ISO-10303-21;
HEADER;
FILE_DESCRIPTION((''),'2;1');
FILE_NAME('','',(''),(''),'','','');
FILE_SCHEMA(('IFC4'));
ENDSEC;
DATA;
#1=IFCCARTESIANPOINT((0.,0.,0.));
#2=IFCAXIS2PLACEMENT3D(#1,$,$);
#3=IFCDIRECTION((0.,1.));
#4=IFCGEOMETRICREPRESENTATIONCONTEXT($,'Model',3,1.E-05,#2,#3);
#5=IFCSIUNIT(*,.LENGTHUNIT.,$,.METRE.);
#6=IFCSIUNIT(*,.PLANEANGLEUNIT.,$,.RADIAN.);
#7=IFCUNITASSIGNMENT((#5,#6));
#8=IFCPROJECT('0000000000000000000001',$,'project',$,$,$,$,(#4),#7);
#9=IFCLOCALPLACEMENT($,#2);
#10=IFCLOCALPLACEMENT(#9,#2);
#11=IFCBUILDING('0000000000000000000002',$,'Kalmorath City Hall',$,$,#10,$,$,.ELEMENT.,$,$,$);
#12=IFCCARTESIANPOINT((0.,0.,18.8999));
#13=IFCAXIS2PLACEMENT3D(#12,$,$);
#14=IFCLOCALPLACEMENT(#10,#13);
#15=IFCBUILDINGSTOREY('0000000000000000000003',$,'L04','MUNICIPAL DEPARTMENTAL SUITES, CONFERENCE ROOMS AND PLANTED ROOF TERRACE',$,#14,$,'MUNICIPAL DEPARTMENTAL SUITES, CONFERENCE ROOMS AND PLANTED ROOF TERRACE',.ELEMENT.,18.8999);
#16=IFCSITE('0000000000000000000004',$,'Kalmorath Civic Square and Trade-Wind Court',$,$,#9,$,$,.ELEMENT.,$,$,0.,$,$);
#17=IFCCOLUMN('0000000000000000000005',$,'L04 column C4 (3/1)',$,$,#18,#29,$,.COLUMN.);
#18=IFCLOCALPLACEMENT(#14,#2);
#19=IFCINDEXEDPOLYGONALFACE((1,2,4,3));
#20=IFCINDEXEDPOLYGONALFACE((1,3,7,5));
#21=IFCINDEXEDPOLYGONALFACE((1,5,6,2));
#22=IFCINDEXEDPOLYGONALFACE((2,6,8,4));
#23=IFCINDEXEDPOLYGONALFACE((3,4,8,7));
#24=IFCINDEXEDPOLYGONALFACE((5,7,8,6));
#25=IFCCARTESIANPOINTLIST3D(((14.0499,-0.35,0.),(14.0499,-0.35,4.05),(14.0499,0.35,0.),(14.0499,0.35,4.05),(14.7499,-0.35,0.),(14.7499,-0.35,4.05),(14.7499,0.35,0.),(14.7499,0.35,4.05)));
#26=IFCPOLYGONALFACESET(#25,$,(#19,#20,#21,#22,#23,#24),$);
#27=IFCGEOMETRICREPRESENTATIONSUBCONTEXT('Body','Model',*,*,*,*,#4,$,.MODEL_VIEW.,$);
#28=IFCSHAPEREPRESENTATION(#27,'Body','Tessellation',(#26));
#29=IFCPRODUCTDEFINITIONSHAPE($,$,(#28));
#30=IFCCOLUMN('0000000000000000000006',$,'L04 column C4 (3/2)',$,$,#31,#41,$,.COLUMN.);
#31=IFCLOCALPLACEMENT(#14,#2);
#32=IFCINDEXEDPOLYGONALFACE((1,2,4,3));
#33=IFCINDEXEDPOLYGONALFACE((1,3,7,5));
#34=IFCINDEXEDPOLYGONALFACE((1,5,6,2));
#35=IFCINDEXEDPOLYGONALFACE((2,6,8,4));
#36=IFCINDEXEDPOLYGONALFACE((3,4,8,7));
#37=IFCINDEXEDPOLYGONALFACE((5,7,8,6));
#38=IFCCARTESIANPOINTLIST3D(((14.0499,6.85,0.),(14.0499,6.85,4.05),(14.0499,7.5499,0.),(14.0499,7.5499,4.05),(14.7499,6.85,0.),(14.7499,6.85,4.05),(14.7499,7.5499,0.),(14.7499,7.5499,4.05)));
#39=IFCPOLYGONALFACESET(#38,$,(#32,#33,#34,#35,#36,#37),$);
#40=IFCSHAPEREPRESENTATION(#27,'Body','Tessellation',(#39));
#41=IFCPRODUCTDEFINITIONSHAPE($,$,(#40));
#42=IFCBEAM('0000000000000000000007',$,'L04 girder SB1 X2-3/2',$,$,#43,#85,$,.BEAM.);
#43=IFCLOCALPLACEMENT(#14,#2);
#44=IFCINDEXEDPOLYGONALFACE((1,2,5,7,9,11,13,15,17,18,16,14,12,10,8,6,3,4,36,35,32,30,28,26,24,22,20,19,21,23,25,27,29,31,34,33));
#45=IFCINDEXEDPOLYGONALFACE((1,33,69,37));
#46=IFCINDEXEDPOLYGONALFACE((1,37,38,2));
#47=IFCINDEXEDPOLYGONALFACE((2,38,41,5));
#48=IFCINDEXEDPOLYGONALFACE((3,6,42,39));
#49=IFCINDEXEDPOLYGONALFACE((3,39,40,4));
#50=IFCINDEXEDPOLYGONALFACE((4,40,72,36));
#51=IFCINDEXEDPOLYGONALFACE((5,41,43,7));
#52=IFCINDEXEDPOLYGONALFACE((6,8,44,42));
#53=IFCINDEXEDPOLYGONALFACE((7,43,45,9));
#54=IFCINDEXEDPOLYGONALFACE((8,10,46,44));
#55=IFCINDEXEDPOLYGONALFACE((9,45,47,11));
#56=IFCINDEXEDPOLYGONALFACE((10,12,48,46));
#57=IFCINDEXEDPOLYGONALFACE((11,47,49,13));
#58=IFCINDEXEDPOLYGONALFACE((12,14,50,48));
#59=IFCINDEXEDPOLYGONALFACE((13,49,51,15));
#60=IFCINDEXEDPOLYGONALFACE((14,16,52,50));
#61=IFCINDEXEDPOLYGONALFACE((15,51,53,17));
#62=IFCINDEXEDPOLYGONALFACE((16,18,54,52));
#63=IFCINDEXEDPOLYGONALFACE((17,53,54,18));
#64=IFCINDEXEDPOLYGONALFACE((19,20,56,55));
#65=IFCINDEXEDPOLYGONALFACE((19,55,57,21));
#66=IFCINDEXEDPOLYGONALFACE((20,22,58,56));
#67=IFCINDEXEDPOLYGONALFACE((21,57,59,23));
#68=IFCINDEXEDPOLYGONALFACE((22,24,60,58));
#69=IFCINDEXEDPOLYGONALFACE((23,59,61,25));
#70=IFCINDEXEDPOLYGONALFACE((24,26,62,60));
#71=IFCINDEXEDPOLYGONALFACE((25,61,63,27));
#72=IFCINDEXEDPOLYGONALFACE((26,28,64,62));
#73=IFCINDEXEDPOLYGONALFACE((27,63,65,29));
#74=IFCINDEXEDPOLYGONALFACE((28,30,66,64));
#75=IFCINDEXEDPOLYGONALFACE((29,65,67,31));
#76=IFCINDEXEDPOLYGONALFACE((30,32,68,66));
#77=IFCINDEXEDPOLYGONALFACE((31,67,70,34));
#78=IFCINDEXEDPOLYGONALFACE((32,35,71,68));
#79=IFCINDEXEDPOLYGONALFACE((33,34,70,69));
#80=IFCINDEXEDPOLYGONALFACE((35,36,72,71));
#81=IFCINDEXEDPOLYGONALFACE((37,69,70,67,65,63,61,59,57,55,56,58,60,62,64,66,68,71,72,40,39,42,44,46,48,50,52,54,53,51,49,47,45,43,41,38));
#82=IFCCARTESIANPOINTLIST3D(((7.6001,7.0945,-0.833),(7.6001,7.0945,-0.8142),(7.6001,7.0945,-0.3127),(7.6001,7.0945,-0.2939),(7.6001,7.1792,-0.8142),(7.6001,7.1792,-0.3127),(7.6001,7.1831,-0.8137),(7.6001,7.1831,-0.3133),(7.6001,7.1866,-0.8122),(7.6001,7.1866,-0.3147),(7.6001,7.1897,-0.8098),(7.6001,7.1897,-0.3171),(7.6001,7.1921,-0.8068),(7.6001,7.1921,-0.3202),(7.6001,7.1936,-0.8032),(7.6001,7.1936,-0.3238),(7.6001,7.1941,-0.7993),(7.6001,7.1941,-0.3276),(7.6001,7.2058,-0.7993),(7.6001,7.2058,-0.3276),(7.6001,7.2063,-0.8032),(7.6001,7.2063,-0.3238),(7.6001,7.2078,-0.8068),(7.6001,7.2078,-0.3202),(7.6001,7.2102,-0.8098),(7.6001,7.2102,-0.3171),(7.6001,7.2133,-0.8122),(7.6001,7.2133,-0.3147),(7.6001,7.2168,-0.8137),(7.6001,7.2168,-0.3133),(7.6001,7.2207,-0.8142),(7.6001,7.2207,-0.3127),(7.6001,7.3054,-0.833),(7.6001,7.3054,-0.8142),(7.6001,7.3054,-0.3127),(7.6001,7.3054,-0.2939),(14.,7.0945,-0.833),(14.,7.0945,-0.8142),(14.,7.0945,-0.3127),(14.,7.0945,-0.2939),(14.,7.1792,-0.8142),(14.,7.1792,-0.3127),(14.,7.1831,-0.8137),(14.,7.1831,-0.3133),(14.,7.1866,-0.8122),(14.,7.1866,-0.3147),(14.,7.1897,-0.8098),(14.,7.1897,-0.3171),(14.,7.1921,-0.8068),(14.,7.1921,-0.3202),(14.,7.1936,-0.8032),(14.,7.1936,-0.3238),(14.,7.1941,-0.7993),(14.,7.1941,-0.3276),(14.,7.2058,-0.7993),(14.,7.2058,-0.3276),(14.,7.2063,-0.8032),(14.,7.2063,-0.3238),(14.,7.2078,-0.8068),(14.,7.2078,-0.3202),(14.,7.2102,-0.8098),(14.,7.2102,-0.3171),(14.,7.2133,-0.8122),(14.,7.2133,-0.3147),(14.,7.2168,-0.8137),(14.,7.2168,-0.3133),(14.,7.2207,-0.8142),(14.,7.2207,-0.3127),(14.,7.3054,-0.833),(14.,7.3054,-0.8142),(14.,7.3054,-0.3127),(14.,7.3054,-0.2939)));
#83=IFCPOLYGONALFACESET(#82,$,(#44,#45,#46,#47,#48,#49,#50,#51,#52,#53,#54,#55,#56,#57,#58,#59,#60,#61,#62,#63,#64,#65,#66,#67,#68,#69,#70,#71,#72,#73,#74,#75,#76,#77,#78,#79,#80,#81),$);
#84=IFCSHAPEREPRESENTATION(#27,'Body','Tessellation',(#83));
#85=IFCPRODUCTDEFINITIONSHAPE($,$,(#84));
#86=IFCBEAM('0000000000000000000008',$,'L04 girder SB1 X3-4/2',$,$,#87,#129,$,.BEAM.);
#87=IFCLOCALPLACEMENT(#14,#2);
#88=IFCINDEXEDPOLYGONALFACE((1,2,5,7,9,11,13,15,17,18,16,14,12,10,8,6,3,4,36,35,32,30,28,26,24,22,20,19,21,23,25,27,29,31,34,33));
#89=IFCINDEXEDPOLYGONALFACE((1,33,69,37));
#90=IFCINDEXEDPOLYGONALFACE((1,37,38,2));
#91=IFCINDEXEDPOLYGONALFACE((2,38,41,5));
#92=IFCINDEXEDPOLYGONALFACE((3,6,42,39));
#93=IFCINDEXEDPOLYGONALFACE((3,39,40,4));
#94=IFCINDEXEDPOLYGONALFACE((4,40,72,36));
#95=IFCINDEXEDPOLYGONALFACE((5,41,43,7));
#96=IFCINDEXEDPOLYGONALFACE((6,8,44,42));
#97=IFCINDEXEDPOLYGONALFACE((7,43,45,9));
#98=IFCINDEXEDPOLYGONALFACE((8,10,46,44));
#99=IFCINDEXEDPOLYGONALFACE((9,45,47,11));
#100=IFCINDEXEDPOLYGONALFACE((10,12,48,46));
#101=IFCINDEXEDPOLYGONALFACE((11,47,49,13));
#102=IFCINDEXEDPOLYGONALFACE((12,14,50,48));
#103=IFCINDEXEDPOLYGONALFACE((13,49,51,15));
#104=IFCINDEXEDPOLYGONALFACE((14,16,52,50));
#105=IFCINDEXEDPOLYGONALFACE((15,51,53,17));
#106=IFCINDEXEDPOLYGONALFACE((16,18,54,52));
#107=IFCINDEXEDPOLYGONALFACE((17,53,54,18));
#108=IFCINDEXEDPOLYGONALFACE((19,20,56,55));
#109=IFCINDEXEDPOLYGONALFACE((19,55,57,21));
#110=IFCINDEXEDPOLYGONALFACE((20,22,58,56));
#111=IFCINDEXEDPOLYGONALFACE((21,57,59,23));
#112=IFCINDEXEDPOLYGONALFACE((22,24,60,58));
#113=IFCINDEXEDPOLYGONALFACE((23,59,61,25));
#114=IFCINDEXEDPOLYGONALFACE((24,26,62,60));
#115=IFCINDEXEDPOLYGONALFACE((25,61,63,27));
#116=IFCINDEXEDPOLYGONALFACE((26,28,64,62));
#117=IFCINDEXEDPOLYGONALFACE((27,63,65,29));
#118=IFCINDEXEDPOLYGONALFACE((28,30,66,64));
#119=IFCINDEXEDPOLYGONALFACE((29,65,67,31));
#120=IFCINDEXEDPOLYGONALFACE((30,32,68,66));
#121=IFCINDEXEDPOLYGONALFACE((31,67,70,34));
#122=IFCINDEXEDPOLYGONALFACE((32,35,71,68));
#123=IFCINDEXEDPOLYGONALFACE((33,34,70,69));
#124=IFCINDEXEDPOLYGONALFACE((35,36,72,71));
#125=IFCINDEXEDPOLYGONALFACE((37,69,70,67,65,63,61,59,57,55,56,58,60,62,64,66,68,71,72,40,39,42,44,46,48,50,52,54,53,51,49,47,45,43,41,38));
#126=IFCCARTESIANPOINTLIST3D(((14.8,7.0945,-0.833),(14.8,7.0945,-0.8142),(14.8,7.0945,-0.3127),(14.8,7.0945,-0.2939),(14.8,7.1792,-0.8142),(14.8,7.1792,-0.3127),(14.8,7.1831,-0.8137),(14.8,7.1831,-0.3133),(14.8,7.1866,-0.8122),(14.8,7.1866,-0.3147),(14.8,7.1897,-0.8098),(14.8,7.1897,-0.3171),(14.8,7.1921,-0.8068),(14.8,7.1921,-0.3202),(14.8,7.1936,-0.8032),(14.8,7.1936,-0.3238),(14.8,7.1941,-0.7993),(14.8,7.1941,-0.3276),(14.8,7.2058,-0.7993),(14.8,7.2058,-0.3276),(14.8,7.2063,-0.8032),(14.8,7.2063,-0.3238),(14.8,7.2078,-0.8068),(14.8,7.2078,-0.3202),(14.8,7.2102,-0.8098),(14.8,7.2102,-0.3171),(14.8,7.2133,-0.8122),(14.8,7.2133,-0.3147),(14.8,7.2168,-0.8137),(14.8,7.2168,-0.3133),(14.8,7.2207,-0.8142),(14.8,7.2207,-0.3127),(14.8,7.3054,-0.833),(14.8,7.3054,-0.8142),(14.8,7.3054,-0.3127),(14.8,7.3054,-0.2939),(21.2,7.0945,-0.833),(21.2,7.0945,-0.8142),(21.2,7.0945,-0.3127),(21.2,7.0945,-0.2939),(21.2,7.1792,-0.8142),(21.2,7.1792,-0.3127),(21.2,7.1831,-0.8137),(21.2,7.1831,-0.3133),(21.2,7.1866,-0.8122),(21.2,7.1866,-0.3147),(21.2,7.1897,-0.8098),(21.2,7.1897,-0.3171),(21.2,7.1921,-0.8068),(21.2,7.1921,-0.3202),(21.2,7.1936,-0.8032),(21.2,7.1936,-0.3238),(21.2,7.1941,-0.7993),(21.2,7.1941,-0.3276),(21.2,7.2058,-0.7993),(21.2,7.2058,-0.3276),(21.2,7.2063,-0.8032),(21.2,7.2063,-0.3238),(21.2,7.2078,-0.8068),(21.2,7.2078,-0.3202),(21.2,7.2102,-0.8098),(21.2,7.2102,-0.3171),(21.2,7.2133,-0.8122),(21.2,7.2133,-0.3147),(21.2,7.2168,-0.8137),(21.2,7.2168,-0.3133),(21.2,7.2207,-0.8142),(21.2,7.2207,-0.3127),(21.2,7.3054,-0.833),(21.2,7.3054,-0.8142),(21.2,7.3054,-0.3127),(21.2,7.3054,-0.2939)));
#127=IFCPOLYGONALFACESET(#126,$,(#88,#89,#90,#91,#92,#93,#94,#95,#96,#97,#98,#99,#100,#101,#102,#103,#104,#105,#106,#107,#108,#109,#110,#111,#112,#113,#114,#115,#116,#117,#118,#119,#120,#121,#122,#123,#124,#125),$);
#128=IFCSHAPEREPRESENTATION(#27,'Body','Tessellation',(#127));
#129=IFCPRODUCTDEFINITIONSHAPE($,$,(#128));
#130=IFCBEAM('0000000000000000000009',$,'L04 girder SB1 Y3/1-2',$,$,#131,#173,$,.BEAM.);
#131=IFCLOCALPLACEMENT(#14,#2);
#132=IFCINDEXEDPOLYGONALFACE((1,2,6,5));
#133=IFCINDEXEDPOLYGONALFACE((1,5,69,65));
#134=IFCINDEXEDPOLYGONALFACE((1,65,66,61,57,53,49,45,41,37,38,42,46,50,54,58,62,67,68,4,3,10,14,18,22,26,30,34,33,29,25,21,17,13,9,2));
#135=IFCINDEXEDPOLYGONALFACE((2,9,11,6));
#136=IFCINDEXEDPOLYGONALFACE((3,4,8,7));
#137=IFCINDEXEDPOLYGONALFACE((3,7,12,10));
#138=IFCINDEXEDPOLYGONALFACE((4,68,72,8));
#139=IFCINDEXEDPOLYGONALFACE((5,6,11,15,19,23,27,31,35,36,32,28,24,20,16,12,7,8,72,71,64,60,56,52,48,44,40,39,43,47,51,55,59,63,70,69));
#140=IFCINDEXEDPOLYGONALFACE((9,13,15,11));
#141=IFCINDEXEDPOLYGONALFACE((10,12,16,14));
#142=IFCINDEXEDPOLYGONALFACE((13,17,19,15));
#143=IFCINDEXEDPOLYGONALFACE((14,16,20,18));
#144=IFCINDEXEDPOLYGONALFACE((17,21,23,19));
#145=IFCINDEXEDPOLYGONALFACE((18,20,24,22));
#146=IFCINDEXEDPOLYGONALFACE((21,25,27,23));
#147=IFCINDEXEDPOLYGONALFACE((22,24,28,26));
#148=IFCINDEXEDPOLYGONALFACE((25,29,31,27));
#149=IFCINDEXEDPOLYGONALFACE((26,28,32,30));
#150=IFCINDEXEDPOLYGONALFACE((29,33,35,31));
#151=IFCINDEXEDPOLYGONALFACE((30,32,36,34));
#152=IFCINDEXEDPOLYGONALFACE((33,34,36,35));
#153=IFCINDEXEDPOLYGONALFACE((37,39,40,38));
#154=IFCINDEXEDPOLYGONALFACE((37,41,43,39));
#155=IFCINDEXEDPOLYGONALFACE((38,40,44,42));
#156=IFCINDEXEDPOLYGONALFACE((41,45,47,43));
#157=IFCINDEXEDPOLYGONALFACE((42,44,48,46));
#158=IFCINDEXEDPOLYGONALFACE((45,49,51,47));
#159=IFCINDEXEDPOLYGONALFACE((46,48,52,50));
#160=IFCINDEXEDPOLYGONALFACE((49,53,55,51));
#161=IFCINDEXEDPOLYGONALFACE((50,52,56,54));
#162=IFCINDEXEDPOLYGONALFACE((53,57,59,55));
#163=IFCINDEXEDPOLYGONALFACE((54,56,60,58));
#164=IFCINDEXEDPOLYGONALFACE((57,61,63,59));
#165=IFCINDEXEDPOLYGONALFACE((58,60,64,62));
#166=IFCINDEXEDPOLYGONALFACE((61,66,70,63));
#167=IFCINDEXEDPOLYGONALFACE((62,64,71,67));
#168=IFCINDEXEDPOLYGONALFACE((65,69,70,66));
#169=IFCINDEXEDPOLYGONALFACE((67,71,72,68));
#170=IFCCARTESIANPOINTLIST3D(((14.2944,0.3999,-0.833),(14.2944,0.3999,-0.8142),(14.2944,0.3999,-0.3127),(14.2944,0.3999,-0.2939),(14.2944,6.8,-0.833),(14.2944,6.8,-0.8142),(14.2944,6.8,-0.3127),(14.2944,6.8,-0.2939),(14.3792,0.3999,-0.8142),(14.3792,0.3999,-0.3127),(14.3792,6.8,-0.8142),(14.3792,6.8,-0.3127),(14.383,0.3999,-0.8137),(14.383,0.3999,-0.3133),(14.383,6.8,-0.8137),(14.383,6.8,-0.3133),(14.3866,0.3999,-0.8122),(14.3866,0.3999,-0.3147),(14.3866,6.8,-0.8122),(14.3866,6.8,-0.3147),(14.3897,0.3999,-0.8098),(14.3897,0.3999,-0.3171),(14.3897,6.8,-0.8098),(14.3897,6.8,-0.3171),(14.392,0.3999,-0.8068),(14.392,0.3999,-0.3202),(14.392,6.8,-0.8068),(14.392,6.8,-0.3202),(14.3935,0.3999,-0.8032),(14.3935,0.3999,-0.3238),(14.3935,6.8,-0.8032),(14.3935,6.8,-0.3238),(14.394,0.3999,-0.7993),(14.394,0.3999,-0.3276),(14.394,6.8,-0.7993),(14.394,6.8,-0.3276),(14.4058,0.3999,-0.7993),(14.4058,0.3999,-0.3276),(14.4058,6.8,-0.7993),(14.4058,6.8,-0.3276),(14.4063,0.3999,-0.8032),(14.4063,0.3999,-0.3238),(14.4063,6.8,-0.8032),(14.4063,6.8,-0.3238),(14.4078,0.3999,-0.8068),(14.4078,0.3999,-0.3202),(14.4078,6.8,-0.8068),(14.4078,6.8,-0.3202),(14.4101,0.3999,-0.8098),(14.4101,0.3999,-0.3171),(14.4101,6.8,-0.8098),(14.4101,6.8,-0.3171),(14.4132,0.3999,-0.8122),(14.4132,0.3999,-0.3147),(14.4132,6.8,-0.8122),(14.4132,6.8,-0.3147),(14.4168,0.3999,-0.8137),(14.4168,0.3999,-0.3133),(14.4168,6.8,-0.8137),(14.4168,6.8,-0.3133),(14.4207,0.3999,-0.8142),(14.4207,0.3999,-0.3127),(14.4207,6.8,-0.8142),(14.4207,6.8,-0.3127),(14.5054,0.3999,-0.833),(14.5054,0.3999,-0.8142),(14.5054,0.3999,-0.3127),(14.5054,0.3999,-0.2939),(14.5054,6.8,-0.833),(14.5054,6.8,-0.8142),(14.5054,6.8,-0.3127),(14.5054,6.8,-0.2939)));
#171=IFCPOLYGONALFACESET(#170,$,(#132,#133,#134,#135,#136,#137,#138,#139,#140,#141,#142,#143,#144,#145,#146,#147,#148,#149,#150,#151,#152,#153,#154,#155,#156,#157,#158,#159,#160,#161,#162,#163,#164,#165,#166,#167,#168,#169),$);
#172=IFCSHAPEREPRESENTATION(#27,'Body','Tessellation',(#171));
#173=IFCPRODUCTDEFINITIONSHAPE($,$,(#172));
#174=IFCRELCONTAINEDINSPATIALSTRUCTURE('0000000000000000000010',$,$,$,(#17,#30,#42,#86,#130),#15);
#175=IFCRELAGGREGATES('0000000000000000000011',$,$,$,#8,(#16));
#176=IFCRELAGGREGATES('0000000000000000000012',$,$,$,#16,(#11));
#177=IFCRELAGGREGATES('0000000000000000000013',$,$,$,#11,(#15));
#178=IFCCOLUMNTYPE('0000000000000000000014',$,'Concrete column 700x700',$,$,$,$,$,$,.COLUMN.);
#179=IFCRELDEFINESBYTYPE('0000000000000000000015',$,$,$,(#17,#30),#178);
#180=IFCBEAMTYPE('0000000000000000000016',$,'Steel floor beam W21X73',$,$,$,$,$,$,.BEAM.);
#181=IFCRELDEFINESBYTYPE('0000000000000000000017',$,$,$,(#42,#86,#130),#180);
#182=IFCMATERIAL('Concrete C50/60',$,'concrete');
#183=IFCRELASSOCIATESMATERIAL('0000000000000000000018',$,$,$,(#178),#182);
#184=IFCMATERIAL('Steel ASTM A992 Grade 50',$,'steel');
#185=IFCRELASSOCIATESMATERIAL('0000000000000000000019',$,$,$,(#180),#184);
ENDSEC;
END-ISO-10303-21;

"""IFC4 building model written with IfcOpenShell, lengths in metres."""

from ifc_helpers import new_model, si_unit, direction, frame, origin, origin_2d, place, context, subcontext, project, spatial, rectangle, i_section, extrude, material, material_profile, profile_set, type_object, element, save


model = new_model("IFC4")

# Units and contexts
model_context = context("Model", 3, precision=1e-05, world=origin(), true_north=direction((0.0, 1.0)))
body_context = subcontext(model_context, "Body", "Model", "MODEL_VIEW")
ifc_project = project(units=[si_unit("LENGTHUNIT", "METRE"), si_unit("PLANEANGLEUNIT", "RADIAN")], contexts=[model_context])

# Site, building, storey
site_placement = place(None, origin())
site = spatial("IfcSite", under=ifc_project, at=site_placement, Name="Kalmorath Civic Square and Trade-Wind Court", CompositionType="ELEMENT", RefElevation=0.0)
building_placement = place(site_placement, origin())
building = spatial("IfcBuilding", under=site, at=building_placement, Name="Kalmorath City Hall", CompositionType="ELEMENT")
storey_placement = place(building_placement, frame((0.0, 0.0, 18.8999)))
storey = spatial("IfcBuildingStorey", under=building, at=storey_placement, Name="L04", Description="MUNICIPAL DEPARTMENTAL SUITES, CONFERENCE ROOMS AND PLANTED ROOF TERRACE", LongName="MUNICIPAL DEPARTMENTAL SUITES, CONFERENCE ROOMS AND PLANTED ROOF TERRACE", CompositionType="ELEMENT", Elevation=18.8999)

# Columns
ifc_material_1 = material(Name="Concrete C50/60", Category="concrete")
ifc_material_profile_1 = material_profile(ifc_material_1, rectangle(XDim=0.7, YDim=0.7, at=origin_2d()), Name="RC-COL-700X700")
ifc_profile_set_1 = profile_set([ifc_material_profile_1], Name="Concrete C50/60")
column_type = type_object("IfcColumnType", Name="Concrete column 700x700", PredefinedType="COLUMN", material=ifc_profile_set_1)
for number, where, z_axis, x_axis, name in (
    (1, (14.3999, 0.0, 0.0), (0.0, 0.0, 1.0), (1.0, 0.0, 0.0), "L04 column C4 (3/1)"),
    (2, (14.3999, 7.2, 0.0), (0.0, 0.0, 1.0), (1.0, 0.0, 0.0), "L04 column C4 (3/2)"),
):
    element("IfcColumn", number, at=place(storey_placement, frame(where, z_axis=z_axis, x_axis=x_axis)), inside=storey, type_object=column_type, Name=name, PredefinedType="COLUMN", context=body_context, shape_type="SweptSolid", body=[
        extrude(rectangle(XDim=0.7, YDim=0.7, at=origin_2d()), origin(), (0.0, 0.0, 1.0), 4.05),
    ])

# Beams
ifc_material_2 = material(Name="Steel ASTM A992 Grade 50", Category="steel")
ifc_material_profile_2 = material_profile(ifc_material_2, i_section(OverallWidth=0.2109, OverallDepth=0.5391, WebThickness=0.0117, FlangeThickness=0.0188, FilletRadius=0.0149, at=origin_2d()), Name="W21X73")
ifc_profile_set_2 = profile_set([ifc_material_profile_2], Name="Steel ASTM A992 Grade 50")
beam_type_1 = type_object("IfcBeamType", Name="Steel floor beam W21X73", PredefinedType="BEAM", material=ifc_profile_set_2)
for number, where, z_axis, x_axis, name in (
    (3, (7.6001, 7.2, -0.5635), (1.0, 0.0, 0.0), (0.0, 1.0, 0.0), "L04 girder SB1 X2-3/2"),
    (4, (14.8, 7.2, -0.5635), (1.0, 0.0, 0.0), (0.0, 1.0, 0.0), "L04 girder SB1 X3-4/2"),
):
    element("IfcBeam", number, at=place(storey_placement, frame(where, z_axis=z_axis, x_axis=x_axis)), inside=storey, type_object=beam_type_1, Name=name, PredefinedType="BEAM", context=body_context, shape_type="SweptSolid", body=[
        extrude(i_section(OverallWidth=0.2109, OverallDepth=0.5391, WebThickness=0.0117, FlangeThickness=0.0188, FilletRadius=0.0149, at=origin_2d()), origin(), (0.0, 0.0, 1.0), 6.3999),
    ])
beam_placement = place(storey_placement, frame((14.3999, 0.3999, -0.5635), z_axis=(0.0, 1.0, 0.0), x_axis=(-1.0, 0.0, 0.0)))
element("IfcBeam", 5, at=beam_placement, inside=storey, type_object=beam_type_1, Name="L04 girder SB1 Y3/1-2", PredefinedType="BEAM", context=body_context, shape_type="SweptSolid", body=[
    extrude(i_section(OverallWidth=0.2109, OverallDepth=0.5391, WebThickness=0.0117, FlangeThickness=0.0188, FilletRadius=0.0149, at=origin_2d()), origin(), (0.0, 0.0, 1.0), 6.4001),
])

save(model, "model.ifc")
